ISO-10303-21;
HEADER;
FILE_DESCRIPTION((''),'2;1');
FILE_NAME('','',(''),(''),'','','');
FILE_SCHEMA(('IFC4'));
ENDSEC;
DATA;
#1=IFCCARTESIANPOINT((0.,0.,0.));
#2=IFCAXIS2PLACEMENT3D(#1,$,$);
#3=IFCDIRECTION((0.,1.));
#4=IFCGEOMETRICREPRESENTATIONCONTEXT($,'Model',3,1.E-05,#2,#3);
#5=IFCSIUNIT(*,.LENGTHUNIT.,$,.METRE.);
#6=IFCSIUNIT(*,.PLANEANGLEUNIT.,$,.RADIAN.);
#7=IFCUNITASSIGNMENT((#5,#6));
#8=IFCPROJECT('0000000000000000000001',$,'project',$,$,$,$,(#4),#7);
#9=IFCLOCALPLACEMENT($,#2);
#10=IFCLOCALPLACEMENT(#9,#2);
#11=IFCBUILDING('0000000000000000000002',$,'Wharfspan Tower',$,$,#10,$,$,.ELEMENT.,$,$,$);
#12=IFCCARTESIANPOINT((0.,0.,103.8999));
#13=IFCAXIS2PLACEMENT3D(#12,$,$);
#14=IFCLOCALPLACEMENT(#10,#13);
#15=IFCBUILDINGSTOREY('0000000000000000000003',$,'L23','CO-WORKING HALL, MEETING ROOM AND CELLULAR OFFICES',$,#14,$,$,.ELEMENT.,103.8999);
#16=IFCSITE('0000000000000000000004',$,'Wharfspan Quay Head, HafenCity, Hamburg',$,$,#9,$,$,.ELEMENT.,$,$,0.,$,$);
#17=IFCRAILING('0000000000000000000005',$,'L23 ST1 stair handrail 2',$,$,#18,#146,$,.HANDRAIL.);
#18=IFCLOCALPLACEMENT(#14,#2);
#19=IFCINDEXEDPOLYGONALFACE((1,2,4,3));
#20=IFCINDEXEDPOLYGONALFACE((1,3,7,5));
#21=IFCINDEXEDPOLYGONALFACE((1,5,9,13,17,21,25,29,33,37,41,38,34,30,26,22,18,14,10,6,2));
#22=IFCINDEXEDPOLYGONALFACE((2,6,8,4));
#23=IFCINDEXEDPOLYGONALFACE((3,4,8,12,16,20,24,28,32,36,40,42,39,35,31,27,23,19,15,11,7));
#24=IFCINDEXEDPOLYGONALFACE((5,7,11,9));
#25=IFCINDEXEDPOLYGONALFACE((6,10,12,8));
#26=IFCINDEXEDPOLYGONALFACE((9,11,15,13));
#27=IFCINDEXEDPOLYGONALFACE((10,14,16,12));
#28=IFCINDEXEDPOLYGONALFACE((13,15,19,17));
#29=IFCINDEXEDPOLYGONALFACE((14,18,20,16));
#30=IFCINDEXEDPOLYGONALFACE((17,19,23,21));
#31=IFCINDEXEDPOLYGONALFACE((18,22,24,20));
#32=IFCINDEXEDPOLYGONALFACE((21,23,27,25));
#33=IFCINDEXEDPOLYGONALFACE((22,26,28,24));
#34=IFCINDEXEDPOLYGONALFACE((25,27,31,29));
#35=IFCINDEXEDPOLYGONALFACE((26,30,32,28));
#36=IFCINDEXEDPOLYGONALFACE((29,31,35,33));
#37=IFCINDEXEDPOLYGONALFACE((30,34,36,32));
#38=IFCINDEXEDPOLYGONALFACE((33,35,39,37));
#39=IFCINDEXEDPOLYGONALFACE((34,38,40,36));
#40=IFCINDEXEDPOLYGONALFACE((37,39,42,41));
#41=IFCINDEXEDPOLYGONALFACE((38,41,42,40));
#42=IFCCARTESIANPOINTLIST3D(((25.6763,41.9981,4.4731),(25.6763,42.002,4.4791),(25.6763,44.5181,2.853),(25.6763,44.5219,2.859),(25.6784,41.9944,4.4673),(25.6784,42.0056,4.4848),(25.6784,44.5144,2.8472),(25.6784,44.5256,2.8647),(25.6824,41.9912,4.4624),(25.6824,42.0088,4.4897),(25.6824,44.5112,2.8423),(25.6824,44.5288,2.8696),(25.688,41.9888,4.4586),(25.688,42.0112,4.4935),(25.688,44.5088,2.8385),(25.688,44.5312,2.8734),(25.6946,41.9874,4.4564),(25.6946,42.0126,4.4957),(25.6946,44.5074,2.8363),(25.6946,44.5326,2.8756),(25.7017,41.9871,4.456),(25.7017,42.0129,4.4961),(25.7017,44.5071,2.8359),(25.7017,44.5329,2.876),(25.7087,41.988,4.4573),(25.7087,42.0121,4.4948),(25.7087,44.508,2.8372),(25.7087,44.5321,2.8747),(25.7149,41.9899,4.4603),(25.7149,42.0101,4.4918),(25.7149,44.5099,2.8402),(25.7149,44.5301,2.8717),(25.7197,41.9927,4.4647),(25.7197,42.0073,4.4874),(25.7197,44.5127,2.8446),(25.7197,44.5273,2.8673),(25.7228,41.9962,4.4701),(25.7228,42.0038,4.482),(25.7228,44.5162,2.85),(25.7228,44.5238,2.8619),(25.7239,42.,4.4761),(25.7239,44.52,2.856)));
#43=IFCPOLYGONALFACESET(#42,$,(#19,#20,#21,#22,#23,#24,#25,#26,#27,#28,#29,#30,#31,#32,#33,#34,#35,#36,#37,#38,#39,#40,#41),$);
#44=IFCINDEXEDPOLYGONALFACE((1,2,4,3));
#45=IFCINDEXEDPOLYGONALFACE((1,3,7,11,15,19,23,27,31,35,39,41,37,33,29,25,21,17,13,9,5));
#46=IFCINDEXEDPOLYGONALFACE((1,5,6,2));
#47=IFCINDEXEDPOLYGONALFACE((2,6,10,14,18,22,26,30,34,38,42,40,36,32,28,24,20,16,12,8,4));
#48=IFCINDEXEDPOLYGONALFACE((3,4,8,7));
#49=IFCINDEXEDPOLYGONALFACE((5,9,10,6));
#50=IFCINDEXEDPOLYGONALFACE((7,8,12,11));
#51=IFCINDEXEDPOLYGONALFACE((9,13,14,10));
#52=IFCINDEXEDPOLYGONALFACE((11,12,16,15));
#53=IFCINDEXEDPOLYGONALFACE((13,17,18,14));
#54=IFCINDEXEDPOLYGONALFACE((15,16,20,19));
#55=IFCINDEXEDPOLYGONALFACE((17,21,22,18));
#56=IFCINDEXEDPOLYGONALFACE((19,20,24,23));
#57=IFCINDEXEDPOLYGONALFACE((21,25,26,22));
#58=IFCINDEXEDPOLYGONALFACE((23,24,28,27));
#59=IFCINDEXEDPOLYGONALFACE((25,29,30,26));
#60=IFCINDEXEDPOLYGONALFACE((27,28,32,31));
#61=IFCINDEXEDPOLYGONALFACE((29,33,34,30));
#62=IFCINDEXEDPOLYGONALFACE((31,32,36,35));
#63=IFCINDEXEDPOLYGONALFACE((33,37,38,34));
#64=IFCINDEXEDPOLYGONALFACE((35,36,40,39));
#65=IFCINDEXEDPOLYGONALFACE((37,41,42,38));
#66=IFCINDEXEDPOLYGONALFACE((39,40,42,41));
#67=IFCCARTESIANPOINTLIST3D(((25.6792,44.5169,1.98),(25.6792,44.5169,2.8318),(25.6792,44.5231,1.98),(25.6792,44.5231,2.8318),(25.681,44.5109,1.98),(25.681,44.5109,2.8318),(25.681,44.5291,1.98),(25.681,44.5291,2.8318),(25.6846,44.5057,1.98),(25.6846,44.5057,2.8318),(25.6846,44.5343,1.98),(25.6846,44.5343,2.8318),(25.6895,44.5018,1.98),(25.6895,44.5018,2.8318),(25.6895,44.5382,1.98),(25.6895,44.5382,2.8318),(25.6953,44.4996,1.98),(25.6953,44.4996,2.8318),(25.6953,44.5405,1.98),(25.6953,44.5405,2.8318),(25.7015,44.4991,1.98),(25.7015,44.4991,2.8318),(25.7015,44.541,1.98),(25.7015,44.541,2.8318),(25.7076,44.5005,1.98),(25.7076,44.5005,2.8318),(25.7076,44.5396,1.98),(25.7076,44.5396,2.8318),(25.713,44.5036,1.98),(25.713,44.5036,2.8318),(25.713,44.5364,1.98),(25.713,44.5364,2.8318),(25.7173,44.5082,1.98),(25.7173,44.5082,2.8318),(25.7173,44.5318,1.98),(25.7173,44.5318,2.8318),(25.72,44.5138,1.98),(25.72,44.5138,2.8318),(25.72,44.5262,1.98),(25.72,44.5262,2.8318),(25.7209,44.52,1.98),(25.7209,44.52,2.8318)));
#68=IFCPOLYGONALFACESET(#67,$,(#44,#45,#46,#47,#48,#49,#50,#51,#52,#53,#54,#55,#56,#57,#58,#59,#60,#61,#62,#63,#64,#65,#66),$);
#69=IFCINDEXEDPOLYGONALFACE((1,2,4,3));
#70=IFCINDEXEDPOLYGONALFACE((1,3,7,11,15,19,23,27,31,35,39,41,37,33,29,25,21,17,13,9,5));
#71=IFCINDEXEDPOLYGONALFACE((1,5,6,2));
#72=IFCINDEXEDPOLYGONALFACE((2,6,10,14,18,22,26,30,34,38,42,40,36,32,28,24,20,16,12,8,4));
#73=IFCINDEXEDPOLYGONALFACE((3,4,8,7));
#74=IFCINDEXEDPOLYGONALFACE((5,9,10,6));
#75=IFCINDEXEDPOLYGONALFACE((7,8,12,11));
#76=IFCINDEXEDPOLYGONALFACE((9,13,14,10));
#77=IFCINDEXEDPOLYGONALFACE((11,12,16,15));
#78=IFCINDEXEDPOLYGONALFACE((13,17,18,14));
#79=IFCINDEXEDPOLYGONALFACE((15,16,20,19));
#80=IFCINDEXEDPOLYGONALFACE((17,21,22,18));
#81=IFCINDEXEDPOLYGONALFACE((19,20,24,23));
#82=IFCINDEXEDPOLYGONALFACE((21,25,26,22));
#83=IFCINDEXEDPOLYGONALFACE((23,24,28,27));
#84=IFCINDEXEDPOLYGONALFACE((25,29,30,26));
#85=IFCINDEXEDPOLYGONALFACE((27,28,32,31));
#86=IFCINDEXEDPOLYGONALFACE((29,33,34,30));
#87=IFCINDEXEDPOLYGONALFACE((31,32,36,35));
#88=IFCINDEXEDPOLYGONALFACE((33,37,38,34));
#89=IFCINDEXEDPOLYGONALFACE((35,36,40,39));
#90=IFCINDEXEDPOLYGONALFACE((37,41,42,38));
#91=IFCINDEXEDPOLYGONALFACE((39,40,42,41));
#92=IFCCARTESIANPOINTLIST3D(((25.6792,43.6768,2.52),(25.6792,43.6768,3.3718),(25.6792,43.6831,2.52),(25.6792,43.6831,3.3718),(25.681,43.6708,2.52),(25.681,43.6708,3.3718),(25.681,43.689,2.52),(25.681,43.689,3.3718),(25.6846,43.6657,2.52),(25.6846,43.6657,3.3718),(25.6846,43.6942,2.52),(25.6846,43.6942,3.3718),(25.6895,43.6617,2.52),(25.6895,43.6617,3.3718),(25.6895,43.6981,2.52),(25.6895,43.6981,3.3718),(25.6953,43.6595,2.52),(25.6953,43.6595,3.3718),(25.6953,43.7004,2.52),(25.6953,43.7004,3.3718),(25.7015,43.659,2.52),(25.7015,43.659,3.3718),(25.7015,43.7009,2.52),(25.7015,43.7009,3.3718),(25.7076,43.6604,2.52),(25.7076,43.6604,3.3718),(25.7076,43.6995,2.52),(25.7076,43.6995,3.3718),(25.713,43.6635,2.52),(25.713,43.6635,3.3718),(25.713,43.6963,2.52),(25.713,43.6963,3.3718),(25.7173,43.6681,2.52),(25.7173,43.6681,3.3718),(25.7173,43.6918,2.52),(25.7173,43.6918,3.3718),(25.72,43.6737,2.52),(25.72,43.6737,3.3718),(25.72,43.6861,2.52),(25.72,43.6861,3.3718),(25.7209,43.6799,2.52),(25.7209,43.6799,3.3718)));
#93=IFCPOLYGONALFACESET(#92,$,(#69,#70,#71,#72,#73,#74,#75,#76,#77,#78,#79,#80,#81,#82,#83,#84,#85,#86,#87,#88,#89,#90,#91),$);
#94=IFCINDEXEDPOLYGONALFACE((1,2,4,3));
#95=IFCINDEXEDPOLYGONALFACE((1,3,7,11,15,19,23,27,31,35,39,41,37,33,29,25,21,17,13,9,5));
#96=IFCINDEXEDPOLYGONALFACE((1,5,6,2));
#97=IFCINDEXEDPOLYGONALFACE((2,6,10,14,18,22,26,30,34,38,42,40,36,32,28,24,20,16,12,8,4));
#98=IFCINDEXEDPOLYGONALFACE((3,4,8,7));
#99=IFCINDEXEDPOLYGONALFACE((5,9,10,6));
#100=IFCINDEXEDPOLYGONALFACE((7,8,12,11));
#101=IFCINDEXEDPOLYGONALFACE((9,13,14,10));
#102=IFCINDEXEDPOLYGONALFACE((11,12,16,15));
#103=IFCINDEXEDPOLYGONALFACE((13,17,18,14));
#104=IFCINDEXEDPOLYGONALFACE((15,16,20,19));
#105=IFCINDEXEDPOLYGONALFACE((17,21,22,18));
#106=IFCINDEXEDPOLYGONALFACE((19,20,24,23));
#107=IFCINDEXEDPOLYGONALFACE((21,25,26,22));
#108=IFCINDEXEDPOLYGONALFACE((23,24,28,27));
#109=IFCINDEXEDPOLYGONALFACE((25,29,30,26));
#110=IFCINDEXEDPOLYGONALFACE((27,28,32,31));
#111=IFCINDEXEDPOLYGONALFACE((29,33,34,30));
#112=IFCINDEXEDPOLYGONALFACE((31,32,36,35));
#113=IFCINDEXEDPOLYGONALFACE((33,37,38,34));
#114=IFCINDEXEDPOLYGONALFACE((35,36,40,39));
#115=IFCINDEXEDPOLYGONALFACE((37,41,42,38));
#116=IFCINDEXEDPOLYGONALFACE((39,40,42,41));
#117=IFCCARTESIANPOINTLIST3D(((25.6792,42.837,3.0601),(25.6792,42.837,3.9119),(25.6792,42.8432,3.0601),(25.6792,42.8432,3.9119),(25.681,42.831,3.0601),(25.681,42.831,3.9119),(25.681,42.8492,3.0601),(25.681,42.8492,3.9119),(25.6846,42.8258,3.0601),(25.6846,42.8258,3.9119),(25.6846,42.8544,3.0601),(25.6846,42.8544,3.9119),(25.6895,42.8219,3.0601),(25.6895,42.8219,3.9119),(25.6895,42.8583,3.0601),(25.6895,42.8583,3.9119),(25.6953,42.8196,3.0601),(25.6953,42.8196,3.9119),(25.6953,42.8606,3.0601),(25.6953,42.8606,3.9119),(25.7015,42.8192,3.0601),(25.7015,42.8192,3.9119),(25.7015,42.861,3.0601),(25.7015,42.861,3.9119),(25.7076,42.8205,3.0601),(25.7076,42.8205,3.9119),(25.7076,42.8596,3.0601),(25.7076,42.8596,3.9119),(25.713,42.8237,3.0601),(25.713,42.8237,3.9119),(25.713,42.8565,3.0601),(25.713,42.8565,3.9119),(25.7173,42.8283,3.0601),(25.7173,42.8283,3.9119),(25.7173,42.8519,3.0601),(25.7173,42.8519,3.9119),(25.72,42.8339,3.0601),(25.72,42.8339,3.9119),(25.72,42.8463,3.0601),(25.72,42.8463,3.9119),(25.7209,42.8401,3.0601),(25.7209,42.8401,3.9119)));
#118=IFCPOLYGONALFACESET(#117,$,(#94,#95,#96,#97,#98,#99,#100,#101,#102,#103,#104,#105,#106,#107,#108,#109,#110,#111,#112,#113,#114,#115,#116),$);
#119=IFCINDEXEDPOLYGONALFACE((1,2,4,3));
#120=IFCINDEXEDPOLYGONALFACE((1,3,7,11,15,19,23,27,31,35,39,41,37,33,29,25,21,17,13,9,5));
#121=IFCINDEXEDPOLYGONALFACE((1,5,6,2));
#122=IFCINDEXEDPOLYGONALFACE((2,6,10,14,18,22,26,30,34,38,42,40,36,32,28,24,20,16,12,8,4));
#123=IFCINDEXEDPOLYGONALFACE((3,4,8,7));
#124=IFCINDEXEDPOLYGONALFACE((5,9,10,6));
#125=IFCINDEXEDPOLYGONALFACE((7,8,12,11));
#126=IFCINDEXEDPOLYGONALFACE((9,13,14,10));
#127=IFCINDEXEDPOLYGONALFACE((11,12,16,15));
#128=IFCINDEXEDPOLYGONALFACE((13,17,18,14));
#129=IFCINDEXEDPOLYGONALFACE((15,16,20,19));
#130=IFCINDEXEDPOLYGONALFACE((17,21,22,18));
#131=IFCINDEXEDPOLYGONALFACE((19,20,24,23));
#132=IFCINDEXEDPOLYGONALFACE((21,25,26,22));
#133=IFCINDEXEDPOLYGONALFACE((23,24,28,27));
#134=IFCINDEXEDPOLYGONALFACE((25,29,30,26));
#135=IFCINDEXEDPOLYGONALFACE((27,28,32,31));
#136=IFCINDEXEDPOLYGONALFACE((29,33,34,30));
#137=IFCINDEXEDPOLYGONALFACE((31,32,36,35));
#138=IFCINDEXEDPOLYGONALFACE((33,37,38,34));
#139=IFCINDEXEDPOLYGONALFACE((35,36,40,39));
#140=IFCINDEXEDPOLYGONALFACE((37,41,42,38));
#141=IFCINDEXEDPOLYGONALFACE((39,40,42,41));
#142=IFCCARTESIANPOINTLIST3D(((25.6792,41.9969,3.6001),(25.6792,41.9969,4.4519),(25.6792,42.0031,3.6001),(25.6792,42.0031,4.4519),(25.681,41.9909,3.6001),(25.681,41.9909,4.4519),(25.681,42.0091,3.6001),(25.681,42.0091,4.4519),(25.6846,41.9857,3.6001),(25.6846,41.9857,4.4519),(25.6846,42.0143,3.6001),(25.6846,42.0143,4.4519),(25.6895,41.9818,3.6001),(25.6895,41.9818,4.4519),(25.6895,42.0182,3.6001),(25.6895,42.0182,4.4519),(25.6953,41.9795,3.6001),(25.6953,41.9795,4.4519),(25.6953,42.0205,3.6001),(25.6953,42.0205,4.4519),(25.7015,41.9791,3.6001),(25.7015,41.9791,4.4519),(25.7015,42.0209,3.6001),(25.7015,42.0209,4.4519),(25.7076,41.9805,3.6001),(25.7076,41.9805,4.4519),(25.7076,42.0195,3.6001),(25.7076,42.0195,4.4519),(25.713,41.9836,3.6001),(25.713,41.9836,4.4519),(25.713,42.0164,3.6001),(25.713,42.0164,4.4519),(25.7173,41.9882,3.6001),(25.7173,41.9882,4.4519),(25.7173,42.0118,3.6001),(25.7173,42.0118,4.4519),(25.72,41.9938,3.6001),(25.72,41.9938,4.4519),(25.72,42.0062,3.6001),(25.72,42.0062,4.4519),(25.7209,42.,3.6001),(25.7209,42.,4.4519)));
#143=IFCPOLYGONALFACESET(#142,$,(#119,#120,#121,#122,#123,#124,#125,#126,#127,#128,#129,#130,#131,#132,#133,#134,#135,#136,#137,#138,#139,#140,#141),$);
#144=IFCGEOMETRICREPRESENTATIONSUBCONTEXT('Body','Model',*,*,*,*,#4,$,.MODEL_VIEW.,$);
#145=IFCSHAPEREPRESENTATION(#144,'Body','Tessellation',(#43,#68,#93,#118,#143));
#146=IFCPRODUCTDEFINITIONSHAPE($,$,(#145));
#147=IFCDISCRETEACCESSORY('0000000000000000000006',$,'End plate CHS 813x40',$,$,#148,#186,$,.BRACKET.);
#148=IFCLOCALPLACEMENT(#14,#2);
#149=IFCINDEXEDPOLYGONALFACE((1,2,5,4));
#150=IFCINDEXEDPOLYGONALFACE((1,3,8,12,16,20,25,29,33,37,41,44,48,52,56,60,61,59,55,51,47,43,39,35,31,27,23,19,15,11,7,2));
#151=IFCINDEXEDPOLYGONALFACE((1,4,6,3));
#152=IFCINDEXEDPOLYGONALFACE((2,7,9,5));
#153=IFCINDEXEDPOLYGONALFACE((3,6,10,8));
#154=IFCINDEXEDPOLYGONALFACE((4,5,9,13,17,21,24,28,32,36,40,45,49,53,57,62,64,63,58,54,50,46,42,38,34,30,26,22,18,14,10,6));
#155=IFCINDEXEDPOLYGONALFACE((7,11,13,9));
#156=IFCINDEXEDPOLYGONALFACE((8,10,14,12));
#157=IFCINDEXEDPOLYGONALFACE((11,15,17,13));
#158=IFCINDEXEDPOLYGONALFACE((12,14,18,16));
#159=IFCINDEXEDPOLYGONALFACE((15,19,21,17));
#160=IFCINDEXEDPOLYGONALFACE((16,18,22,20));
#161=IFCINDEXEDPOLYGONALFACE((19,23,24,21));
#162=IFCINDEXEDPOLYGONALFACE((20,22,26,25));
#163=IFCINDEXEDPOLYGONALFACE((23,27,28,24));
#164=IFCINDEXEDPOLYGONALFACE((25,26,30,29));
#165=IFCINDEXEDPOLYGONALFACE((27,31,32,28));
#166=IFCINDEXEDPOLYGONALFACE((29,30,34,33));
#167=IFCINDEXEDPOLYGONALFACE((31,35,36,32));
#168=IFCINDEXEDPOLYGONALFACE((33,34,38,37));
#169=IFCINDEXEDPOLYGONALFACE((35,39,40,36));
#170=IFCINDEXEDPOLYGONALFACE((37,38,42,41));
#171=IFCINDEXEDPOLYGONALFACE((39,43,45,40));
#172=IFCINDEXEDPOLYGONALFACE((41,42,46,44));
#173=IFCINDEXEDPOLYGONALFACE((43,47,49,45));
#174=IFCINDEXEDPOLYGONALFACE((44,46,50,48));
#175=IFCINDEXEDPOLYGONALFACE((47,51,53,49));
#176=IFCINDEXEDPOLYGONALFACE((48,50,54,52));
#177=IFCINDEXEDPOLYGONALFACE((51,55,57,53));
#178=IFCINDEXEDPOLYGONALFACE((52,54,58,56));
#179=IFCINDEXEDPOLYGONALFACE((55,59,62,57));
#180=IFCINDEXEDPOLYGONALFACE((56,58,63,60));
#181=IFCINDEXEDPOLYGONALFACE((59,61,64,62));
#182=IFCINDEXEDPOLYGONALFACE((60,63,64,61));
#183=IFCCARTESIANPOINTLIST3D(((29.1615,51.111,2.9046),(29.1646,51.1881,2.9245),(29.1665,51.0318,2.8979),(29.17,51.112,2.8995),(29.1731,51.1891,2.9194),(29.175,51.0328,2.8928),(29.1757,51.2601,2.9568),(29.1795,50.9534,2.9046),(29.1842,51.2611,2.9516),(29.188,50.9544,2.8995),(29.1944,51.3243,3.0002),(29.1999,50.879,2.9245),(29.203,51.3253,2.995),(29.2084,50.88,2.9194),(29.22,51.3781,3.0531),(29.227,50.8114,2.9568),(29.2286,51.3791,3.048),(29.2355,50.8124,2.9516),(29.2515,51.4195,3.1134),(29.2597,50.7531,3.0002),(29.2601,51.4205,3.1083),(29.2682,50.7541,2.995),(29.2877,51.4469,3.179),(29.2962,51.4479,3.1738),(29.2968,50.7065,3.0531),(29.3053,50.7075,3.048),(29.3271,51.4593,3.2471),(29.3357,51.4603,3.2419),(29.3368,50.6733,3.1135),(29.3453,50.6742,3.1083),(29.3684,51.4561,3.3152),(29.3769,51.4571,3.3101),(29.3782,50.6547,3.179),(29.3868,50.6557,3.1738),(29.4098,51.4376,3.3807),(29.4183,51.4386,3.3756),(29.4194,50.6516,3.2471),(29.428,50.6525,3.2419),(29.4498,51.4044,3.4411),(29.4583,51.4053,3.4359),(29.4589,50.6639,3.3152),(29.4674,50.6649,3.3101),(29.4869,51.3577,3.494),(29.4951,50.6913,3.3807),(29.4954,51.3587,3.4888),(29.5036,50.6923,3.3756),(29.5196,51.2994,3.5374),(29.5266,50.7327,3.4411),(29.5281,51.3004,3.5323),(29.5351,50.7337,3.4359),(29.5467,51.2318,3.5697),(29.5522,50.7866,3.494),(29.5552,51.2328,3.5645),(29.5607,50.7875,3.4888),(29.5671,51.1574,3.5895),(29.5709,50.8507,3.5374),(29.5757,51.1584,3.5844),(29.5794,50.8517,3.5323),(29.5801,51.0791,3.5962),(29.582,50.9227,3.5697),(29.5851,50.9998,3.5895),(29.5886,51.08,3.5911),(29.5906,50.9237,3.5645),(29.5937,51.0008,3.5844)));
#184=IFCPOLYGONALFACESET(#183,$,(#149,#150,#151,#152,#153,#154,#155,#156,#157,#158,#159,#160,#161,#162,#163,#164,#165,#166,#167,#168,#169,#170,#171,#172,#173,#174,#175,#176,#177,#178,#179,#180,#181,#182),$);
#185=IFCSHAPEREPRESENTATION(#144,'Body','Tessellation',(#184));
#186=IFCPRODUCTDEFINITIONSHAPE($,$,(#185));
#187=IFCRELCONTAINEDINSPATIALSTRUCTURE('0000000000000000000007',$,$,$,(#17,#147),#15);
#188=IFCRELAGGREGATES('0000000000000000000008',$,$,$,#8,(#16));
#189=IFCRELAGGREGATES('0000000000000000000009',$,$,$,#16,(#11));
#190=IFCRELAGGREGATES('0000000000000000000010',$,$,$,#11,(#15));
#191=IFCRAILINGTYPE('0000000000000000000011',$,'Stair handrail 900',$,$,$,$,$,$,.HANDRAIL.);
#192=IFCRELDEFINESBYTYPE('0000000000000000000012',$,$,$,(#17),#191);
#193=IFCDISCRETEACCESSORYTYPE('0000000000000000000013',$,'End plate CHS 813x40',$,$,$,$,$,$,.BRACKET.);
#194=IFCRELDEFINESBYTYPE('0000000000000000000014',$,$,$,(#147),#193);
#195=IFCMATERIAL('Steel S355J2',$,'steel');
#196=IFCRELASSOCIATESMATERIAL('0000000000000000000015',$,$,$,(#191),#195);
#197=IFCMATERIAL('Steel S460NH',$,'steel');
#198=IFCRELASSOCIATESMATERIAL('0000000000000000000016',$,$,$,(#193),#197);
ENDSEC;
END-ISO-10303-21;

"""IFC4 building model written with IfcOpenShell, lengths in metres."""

from ifc_helpers import new_model, si_unit, direction, frame, origin, origin_2d, place, context, subcontext, project, spatial, circle, extrude, material, material_profile, profile_set, type_object, element, save


model = new_model("IFC4")

# Units and contexts
model_context = context("Model", 3, precision=1e-05, world=origin(), true_north=direction((0.0, 1.0)))
body_context = subcontext(model_context, "Body", "Model", "MODEL_VIEW")
ifc_project = project(units=[si_unit("LENGTHUNIT", "METRE"), si_unit("PLANEANGLEUNIT", "RADIAN")], contexts=[model_context])

# Site, building, storey
site_placement = place(None, origin())
site = spatial("IfcSite", under=ifc_project, at=site_placement, Name="Wharfspan Quay Head, HafenCity, Hamburg", CompositionType="ELEMENT", RefElevation=0.0)
building_placement = place(site_placement, origin())
building = spatial("IfcBuilding", under=site, at=building_placement, Name="Wharfspan Tower", CompositionType="ELEMENT")
storey_placement = place(building_placement, frame((0.0, 0.0, 103.8999)))
storey = spatial("IfcBuildingStorey", under=building, at=storey_placement, Name="L23", Description="CO-WORKING HALL, MEETING ROOM AND CELLULAR OFFICES", CompositionType="ELEMENT", Elevation=103.8999)

# Shared definitions
ifc_material_1 = material(Name="Steel S355J2", Category="steel")

# Shared definitions
ifc_material_2 = material(Name="Steel S460NH", Category="steel")

# Railing
railing_type_1 = type_object("IfcRailingType", Name="Stair handrail 900", PredefinedType="HANDRAIL", material=ifc_material_1)
railing_1_placement = place(storey_placement, frame((25.7, 44.52, 1.98)))
element("IfcRailing", 1, at=railing_1_placement, inside=storey, type_object=railing_type_1, Name="L23 ST1 stair handrail 2", PredefinedType="HANDRAIL", context=body_context, shape_type="SweptSolid", body=[
    extrude(circle(Radius=0.0239, at=origin_2d()), frame((0.0, 0.0, 0.876), z_axis=(0.0, -0.841163, 0.540782), x_axis=(1.0, 0.0, 0.0)), (0.0, 0.0, 1.0), 2.9958),
    extrude(circle(Radius=0.021, at=origin_2d()), origin(), (0.0, 0.0, 1.0), 0.8518),
    extrude(circle(Radius=0.021, at=origin_2d()), frame((0.0, -0.8401, 0.54)), (0.0, 0.0, 1.0), 0.8518),
    extrude(circle(Radius=0.021, at=origin_2d()), frame((0.0, -1.6799, 1.0801)), (0.0, 0.0, 1.0), 0.8518),
    extrude(circle(Radius=0.021, at=origin_2d()), frame((0.0, -2.52, 1.6201)), (0.0, 0.0, 1.0), 0.8518),
])

# Discrete accessory
ifc_material_profile_1 = material_profile(ifc_material_2, circle(Radius=0.4065, at=origin_2d()))
ifc_profile_set_1 = profile_set([ifc_material_profile_1], Name="Steel S460NH")
discrete_accessory_type = type_object("IfcDiscreteAccessoryType", Name="End plate CHS 813x40", PredefinedType="BRACKET", material=ifc_profile_set_1)
discrete_accessory_placement = place(storey_placement, frame((29.3818, 51.0564, 3.2419), z_axis=(-0.853405, -0.097532, 0.512043), x_axis=(0.113547, -0.993531, 0.000001)))
element("IfcDiscreteAccessory", 2, at=discrete_accessory_placement, inside=storey, type_object=discrete_accessory_type, Name="End plate CHS 813x40", PredefinedType="BRACKET", context=body_context, shape_type="SweptSolid", body=[
    extrude(circle(Radius=0.4065, at=origin_2d()), origin(), (0.0, 0.0, 1.0), 0.01),
])

save(model, "model.ifc")
